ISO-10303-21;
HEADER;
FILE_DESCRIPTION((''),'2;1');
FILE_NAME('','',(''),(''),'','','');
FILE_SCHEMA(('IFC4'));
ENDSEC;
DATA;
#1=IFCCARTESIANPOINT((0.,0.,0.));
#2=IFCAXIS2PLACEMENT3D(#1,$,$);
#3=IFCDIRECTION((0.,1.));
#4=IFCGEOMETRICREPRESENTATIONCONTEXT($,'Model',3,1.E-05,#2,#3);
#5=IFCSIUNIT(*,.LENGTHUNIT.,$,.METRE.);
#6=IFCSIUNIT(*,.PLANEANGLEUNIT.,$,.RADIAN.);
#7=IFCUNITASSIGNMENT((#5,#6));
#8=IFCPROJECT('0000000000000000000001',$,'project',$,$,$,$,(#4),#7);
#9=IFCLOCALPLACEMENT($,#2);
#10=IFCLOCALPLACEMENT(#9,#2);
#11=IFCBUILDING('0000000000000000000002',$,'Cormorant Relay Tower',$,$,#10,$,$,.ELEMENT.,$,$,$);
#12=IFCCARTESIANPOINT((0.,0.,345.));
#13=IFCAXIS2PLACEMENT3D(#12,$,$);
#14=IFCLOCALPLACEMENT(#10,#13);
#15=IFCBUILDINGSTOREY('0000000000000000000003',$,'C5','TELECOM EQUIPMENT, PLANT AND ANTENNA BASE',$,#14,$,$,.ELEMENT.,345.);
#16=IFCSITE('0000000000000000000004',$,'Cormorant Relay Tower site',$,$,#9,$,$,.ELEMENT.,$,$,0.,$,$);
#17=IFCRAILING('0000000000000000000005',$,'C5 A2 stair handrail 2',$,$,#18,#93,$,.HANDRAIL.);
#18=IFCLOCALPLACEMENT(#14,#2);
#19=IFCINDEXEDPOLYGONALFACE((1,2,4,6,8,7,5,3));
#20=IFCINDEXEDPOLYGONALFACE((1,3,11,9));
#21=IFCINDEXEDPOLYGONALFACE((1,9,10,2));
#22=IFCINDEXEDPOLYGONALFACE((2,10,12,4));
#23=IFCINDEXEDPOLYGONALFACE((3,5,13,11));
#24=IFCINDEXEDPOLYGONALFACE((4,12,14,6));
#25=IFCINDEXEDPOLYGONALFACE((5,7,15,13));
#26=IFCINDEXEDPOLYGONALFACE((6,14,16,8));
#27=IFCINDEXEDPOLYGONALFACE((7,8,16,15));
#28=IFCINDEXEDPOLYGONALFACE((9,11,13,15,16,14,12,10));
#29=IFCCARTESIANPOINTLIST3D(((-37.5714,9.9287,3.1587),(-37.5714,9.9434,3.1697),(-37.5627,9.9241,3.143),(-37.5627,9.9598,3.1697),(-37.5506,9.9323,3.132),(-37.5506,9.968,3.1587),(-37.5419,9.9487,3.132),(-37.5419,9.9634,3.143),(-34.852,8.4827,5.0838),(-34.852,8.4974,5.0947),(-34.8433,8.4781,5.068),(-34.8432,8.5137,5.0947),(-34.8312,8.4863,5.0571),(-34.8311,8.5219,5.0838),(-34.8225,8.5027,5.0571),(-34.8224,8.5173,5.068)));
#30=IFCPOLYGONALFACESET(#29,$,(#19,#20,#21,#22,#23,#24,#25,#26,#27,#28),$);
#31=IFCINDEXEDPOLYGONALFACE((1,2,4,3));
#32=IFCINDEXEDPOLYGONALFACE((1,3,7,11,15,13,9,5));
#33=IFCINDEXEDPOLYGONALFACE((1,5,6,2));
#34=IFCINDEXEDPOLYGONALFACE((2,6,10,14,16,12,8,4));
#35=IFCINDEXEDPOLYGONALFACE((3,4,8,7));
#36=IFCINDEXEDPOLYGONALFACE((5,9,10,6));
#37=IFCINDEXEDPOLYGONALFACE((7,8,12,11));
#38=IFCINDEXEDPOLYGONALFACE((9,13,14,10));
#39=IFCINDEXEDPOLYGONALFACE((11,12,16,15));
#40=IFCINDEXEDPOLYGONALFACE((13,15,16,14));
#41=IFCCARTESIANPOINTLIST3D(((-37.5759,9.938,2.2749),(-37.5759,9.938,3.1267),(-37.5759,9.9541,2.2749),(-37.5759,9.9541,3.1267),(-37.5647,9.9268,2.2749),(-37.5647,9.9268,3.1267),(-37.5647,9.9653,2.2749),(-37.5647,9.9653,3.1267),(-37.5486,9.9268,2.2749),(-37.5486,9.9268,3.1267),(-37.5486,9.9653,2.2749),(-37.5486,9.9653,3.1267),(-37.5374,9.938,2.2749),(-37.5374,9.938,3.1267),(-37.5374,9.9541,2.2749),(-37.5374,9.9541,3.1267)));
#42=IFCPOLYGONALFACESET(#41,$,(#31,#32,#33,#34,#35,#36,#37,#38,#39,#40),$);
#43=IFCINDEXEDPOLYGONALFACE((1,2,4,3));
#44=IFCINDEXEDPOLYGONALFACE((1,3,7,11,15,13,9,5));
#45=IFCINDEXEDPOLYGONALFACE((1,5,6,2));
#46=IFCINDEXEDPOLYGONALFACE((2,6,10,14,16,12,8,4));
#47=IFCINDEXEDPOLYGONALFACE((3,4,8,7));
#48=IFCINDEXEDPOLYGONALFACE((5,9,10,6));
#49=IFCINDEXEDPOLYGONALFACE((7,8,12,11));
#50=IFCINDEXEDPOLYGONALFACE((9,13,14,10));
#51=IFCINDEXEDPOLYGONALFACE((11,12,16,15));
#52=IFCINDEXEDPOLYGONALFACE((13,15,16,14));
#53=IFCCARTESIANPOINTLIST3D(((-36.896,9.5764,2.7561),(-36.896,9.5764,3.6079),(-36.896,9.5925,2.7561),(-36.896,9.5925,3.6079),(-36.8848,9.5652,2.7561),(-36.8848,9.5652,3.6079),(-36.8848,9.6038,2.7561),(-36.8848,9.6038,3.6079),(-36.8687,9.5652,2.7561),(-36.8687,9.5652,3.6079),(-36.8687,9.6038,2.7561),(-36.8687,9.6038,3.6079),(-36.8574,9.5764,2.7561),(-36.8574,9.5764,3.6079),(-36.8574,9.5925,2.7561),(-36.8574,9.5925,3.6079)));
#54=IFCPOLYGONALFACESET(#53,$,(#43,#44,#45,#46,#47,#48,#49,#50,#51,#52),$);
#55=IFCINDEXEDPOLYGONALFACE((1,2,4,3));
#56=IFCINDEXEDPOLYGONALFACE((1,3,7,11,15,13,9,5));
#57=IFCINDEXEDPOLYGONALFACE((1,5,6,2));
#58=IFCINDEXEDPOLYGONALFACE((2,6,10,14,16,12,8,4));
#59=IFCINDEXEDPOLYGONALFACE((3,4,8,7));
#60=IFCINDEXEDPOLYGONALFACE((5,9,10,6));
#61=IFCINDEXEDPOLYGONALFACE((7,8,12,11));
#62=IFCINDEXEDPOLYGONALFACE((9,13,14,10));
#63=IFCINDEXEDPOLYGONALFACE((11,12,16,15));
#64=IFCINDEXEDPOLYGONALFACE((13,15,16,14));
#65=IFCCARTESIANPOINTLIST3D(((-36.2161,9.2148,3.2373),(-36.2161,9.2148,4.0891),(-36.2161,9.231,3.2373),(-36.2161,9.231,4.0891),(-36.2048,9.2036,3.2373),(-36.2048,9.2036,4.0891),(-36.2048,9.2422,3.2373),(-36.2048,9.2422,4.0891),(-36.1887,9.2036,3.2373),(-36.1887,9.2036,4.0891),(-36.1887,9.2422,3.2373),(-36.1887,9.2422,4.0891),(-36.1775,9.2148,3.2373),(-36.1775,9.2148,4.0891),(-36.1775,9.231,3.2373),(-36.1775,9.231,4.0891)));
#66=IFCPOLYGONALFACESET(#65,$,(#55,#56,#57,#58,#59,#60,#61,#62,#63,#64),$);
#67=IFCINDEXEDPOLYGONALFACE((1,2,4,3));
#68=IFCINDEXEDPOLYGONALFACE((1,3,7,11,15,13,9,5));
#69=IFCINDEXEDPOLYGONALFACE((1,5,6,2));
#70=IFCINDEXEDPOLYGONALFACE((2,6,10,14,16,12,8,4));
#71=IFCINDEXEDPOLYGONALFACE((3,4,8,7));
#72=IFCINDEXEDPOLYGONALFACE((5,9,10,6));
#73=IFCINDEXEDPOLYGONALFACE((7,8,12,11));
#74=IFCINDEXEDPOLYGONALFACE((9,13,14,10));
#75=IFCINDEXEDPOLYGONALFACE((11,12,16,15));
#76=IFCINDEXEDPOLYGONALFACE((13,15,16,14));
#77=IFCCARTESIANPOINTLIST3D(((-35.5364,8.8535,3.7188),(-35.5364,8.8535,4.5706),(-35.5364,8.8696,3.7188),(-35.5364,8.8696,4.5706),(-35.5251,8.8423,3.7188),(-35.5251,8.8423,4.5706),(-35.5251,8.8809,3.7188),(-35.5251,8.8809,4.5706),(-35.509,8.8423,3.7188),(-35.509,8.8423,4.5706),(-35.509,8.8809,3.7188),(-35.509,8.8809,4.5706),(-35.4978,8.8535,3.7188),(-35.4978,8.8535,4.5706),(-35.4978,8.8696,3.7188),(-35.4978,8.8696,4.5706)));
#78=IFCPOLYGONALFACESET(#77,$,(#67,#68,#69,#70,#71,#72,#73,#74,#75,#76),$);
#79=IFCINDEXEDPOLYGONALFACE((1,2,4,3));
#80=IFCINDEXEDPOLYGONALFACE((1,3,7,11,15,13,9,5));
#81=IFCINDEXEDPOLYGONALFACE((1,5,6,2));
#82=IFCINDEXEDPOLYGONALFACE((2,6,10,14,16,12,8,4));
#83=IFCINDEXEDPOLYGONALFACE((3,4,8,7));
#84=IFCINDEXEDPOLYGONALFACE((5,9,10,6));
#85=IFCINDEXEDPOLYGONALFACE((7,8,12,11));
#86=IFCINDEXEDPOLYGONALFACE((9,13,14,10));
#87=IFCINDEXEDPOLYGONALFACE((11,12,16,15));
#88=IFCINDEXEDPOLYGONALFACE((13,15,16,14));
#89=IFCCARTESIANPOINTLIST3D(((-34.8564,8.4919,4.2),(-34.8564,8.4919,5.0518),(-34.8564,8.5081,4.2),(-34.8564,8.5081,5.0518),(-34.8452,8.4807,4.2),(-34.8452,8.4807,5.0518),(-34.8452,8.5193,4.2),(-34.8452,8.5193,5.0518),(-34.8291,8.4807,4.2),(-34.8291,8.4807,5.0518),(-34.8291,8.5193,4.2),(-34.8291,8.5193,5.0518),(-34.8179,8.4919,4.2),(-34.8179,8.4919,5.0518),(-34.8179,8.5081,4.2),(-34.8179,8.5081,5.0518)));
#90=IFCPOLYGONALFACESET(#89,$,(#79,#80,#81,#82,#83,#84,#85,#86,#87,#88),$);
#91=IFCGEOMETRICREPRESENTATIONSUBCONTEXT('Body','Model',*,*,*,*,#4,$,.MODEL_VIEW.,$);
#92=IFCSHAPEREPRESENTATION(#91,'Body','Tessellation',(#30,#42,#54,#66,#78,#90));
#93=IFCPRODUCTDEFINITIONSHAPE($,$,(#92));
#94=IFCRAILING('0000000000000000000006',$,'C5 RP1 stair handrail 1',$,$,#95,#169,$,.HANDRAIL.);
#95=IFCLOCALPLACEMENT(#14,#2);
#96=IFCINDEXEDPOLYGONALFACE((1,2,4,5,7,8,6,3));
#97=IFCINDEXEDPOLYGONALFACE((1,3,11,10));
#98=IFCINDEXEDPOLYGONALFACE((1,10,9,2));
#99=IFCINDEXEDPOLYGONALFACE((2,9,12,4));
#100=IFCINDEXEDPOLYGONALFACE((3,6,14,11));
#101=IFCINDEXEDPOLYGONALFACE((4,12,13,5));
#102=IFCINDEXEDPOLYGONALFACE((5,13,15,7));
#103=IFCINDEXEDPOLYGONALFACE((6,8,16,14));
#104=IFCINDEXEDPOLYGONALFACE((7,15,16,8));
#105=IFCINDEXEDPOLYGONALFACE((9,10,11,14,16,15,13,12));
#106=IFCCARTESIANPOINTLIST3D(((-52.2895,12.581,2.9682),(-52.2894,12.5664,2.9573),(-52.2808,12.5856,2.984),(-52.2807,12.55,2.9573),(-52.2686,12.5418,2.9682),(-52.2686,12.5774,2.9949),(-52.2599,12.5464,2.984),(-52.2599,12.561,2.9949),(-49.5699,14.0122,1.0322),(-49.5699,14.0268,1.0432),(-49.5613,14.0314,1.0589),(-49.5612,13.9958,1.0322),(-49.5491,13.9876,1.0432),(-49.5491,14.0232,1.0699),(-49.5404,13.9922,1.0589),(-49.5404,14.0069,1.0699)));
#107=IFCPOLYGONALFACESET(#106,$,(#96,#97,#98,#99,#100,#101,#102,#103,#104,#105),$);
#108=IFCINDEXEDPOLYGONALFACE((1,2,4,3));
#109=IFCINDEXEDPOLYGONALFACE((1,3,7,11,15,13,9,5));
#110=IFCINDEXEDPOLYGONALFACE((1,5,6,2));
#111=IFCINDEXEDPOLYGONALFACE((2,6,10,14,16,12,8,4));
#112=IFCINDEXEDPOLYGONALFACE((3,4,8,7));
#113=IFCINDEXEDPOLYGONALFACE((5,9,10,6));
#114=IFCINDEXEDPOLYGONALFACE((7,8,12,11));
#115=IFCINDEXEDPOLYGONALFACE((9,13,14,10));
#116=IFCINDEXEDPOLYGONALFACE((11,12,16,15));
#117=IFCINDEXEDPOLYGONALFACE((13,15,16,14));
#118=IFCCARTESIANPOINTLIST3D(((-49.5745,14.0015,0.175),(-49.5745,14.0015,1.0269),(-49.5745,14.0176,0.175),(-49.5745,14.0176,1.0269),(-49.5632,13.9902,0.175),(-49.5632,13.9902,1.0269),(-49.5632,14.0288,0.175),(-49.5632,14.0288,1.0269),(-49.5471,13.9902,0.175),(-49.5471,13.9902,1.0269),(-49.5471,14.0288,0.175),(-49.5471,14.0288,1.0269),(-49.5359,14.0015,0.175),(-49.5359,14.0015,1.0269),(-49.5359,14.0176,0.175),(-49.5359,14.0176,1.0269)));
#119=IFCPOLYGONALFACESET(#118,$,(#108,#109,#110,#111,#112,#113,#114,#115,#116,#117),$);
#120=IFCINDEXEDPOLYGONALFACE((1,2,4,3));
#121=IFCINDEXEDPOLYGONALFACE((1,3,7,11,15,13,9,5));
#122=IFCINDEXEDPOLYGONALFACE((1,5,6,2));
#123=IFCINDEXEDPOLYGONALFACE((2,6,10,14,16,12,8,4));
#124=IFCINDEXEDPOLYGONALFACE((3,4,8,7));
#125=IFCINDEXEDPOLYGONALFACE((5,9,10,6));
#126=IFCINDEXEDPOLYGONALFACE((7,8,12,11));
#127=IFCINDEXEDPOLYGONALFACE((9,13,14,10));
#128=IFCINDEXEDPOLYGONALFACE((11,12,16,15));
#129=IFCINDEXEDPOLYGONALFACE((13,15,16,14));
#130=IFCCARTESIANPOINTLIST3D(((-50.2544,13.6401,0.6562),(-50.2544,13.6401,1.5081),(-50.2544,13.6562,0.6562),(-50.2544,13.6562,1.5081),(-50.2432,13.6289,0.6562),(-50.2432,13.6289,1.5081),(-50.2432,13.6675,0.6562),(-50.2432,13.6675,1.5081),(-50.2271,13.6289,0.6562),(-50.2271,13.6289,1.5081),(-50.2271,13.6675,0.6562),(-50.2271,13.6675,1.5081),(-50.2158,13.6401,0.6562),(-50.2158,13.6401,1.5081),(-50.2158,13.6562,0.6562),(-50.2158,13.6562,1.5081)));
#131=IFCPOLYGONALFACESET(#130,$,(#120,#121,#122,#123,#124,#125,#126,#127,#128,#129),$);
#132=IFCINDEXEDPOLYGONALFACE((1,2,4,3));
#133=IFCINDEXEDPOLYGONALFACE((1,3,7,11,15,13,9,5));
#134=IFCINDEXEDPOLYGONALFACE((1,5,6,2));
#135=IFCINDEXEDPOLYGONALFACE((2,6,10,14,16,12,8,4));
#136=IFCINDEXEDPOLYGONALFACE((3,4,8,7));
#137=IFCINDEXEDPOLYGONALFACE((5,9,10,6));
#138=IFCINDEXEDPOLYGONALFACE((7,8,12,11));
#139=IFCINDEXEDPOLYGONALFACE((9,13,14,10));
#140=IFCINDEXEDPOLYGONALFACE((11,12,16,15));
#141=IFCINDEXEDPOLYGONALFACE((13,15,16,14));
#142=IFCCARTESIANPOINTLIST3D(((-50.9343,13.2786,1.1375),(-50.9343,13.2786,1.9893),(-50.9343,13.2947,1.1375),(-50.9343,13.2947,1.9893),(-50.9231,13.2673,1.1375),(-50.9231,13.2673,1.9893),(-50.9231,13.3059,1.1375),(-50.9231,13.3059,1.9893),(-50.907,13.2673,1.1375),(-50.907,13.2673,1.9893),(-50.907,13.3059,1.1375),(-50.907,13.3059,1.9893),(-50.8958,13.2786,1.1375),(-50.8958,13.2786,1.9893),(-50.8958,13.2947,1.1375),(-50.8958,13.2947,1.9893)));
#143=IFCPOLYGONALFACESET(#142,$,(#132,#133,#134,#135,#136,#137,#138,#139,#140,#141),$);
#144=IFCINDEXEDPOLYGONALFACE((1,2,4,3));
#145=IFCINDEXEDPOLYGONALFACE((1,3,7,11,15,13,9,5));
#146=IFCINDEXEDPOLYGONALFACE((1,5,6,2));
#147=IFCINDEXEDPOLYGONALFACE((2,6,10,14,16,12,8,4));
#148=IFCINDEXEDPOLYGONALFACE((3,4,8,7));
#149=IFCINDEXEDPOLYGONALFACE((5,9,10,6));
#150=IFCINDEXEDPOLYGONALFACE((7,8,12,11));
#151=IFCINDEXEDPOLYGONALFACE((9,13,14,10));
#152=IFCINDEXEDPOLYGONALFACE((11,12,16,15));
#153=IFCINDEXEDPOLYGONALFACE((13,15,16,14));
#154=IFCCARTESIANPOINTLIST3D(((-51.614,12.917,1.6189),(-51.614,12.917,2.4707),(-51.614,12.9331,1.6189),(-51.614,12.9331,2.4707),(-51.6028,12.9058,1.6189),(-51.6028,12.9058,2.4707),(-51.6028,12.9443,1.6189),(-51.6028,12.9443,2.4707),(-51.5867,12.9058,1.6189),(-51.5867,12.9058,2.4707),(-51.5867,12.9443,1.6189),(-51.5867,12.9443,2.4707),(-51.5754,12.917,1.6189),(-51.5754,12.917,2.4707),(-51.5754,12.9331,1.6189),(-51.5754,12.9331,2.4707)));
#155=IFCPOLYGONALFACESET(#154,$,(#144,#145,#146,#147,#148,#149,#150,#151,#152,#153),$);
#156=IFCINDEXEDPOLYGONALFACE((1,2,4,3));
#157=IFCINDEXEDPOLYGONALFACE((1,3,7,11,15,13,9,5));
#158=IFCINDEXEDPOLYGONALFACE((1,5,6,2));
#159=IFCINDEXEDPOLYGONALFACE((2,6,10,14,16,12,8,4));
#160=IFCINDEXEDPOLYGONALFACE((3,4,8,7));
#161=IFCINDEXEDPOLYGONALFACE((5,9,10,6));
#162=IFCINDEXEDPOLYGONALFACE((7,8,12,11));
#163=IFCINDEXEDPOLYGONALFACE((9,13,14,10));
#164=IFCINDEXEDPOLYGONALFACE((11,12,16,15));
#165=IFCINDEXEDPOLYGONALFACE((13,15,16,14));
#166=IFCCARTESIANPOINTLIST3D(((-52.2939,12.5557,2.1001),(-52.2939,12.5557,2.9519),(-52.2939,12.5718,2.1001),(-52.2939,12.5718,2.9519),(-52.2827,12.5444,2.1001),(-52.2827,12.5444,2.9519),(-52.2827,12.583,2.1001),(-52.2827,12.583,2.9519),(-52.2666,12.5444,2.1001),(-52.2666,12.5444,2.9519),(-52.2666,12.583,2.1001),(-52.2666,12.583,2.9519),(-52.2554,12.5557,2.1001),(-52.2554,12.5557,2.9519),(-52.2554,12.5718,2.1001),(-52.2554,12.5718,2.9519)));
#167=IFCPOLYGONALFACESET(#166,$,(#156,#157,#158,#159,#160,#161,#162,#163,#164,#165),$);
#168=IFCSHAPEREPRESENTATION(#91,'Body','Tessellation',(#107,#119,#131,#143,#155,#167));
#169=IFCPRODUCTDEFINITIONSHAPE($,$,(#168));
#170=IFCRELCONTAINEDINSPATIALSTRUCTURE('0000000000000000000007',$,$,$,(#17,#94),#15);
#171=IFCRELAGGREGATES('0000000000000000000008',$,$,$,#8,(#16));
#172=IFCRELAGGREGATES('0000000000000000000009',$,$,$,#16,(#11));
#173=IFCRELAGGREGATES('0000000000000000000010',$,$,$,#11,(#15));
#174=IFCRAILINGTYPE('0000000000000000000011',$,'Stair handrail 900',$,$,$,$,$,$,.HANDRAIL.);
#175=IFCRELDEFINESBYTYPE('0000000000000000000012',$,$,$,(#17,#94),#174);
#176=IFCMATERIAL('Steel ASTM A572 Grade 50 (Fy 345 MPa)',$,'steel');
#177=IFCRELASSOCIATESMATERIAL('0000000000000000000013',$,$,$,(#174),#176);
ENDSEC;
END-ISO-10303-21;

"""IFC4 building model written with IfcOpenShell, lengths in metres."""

from ifc_helpers import new_model, si_unit, direction, frame, origin, place, context, subcontext, project, spatial, polyline, outline, extrude, material, type_object, element, save


model = new_model("IFC4")

# Units and contexts
model_context = context("Model", 3, precision=1e-05, world=origin(), true_north=direction((0.0, 1.0)))
body_context = subcontext(model_context, "Body", "Model", "MODEL_VIEW")
ifc_project = project(units=[si_unit("LENGTHUNIT", "METRE"), si_unit("PLANEANGLEUNIT", "RADIAN")], contexts=[model_context])

# Site, building, storey
site_placement = place(None, origin())
site = spatial("IfcSite", under=ifc_project, at=site_placement, Name="Cormorant Relay Tower site", CompositionType="ELEMENT", RefElevation=0.0)
building_placement = place(site_placement, origin())
building = spatial("IfcBuilding", under=site, at=building_placement, Name="Cormorant Relay Tower", CompositionType="ELEMENT")
storey_placement = place(building_placement, frame((0.0, 0.0, 345.0)))
storey = spatial("IfcBuildingStorey", under=building, at=storey_placement, Name="C5", Description="TELECOM EQUIPMENT, PLANT AND ANTENNA BASE", CompositionType="ELEMENT", Elevation=345.0)

# Railings
ifc_material_1 = material(Name="Steel ASTM A572 Grade 50 (Fy 345 MPa)", Category="steel")
railing_type_1 = type_object("IfcRailingType", Name="Stair handrail 900", PredefinedType="HANDRAIL", material=ifc_material_1)
railing_1_placement = place(storey_placement, frame((-37.5566, 9.946, 2.2749)))
element("IfcRailing", 1, at=railing_1_placement, inside=storey, type_object=railing_type_1, Name="C5 A2 stair handrail 2", PredefinedType="HANDRAIL", context=body_context, shape_type="SweptSolid", body=[
    extrude(outline(polyline([(0.0222, 0.0093), (0.0093, 0.0222), (-0.0093, 0.0222), (-0.0222, 0.0093), (-0.0222, -0.0093), (-0.0093, -0.0222), (0.0093, -0.0222), (0.0222, -0.0093), (0.0222, 0.0093)])), frame((0.0, 0.0, 0.876), z_axis=(0.748727, -0.398125, 0.530004), x_axis=(0.469489, 0.882938, 0.0)), (0.0, 0.0, 1.0), 3.6321),
    extrude(outline(polyline([(0.0193, 0.0081), (0.0081, 0.0193), (-0.0081, 0.0193), (-0.0193, 0.0081), (-0.0193, -0.0081), (-0.0081, -0.0193), (0.0081, -0.0193), (0.0193, -0.0081), (0.0193, 0.0081)])), origin(), (0.0, 0.0, 1.0), 0.8518),
    extrude(outline(polyline([(0.0193, 0.0081), (0.0081, 0.0193), (-0.0081, 0.0193), (-0.0193, 0.0081), (-0.0193, -0.0081), (-0.0081, -0.0193), (0.0081, -0.0193), (0.0193, -0.0081), (0.0193, 0.0081)])), frame((0.6799, -0.3616, 0.4812)), (0.0, 0.0, 1.0), 0.8518),
    extrude(outline(polyline([(0.0193, 0.0081), (0.0081, 0.0193), (-0.0081, 0.0193), (-0.0193, 0.0081), (-0.0193, -0.0081), (-0.0081, -0.0193), (0.0081, -0.0193), (0.0193, -0.0081), (0.0193, 0.0081)])), frame((1.3599, -0.7231, 0.9624)), (0.0, 0.0, 1.0), 0.8518),
    extrude(outline(polyline([(0.0193, 0.0081), (0.0081, 0.0193), (-0.0081, 0.0193), (-0.0193, 0.0081), (-0.0193, -0.0081), (-0.0081, -0.0193), (0.0081, -0.0193), (0.0193, -0.0081), (0.0193, 0.0081)])), frame((2.0396, -1.0845, 1.4438)), (0.0, 0.0, 1.0), 0.8518),
    extrude(outline(polyline([(0.0193, 0.0081), (0.0081, 0.0193), (-0.0081, 0.0193), (-0.0193, 0.0081), (-0.0193, -0.0081), (-0.0081, -0.0193), (0.0081, -0.0193), (0.0193, -0.0081), (0.0193, 0.0081)])), frame((2.7195, -1.446, 1.925)), (0.0, 0.0, 1.0), 0.8518),
])
railing_2_placement = place(storey_placement, frame((-49.5552, 14.0095, 0.175)))
element("IfcRailing", 2, at=railing_2_placement, inside=storey, type_object=railing_type_1, Name="C5 RP1 stair handrail 1", PredefinedType="HANDRAIL", context=body_context, shape_type="SweptSolid", body=[
    extrude(outline(polyline([(0.0222, 0.0093), (0.0093, 0.0222), (-0.0093, 0.0222), (-0.0222, 0.0093), (-0.0222, -0.0093), (-0.0093, -0.0222), (0.0093, -0.0222), (0.0222, -0.0093), (0.0222, 0.0093)])), frame((0.0, 0.0, 0.876), z_axis=(-0.748747, -0.398068, 0.530018), x_axis=(0.469428, -0.882971, 0.0)), (0.0, 0.0, 1.0), 3.6321),
    extrude(outline(polyline([(0.0193, 0.0081), (0.0081, 0.0193), (-0.0081, 0.0193), (-0.0193, 0.0081), (-0.0193, -0.0081), (-0.0081, -0.0193), (0.0081, -0.0193), (0.0193, -0.0081), (0.0193, 0.0081)])), origin(), (0.0, 0.0, 1.0), 0.8518),
    extrude(outline(polyline([(0.0193, 0.0081), (0.0081, 0.0193), (-0.0081, 0.0193), (-0.0193, 0.0081), (-0.0193, -0.0081), (-0.0081, -0.0193), (0.0081, -0.0193), (0.0193, -0.0081), (0.0193, 0.0081)])), frame((-0.6799, -0.3613, 0.4812)), (0.0, 0.0, 1.0), 0.8518),
    extrude(outline(polyline([(0.0193, 0.0081), (0.0081, 0.0193), (-0.0081, 0.0193), (-0.0193, 0.0081), (-0.0193, -0.0081), (-0.0081, -0.0193), (0.0081, -0.0193), (0.0193, -0.0081), (0.0193, 0.0081)])), frame((-1.3599, -0.7229, 0.9624)), (0.0, 0.0, 1.0), 0.8518),
    extrude(outline(polyline([(0.0193, 0.0081), (0.0081, 0.0193), (-0.0081, 0.0193), (-0.0193, 0.0081), (-0.0193, -0.0081), (-0.0081, -0.0193), (0.0081, -0.0193), (0.0193, -0.0081), (0.0193, 0.0081)])), frame((-2.0396, -1.0845, 1.4438)), (0.0, 0.0, 1.0), 0.8518),
    extrude(outline(polyline([(0.0193, 0.0081), (0.0081, 0.0193), (-0.0081, 0.0193), (-0.0193, 0.0081), (-0.0193, -0.0081), (-0.0081, -0.0193), (0.0081, -0.0193), (0.0193, -0.0081), (0.0193, 0.0081)])), frame((-2.7195, -1.4458, 1.925)), (0.0, 0.0, 1.0), 0.8518),
])

save(model, "model.ifc")
